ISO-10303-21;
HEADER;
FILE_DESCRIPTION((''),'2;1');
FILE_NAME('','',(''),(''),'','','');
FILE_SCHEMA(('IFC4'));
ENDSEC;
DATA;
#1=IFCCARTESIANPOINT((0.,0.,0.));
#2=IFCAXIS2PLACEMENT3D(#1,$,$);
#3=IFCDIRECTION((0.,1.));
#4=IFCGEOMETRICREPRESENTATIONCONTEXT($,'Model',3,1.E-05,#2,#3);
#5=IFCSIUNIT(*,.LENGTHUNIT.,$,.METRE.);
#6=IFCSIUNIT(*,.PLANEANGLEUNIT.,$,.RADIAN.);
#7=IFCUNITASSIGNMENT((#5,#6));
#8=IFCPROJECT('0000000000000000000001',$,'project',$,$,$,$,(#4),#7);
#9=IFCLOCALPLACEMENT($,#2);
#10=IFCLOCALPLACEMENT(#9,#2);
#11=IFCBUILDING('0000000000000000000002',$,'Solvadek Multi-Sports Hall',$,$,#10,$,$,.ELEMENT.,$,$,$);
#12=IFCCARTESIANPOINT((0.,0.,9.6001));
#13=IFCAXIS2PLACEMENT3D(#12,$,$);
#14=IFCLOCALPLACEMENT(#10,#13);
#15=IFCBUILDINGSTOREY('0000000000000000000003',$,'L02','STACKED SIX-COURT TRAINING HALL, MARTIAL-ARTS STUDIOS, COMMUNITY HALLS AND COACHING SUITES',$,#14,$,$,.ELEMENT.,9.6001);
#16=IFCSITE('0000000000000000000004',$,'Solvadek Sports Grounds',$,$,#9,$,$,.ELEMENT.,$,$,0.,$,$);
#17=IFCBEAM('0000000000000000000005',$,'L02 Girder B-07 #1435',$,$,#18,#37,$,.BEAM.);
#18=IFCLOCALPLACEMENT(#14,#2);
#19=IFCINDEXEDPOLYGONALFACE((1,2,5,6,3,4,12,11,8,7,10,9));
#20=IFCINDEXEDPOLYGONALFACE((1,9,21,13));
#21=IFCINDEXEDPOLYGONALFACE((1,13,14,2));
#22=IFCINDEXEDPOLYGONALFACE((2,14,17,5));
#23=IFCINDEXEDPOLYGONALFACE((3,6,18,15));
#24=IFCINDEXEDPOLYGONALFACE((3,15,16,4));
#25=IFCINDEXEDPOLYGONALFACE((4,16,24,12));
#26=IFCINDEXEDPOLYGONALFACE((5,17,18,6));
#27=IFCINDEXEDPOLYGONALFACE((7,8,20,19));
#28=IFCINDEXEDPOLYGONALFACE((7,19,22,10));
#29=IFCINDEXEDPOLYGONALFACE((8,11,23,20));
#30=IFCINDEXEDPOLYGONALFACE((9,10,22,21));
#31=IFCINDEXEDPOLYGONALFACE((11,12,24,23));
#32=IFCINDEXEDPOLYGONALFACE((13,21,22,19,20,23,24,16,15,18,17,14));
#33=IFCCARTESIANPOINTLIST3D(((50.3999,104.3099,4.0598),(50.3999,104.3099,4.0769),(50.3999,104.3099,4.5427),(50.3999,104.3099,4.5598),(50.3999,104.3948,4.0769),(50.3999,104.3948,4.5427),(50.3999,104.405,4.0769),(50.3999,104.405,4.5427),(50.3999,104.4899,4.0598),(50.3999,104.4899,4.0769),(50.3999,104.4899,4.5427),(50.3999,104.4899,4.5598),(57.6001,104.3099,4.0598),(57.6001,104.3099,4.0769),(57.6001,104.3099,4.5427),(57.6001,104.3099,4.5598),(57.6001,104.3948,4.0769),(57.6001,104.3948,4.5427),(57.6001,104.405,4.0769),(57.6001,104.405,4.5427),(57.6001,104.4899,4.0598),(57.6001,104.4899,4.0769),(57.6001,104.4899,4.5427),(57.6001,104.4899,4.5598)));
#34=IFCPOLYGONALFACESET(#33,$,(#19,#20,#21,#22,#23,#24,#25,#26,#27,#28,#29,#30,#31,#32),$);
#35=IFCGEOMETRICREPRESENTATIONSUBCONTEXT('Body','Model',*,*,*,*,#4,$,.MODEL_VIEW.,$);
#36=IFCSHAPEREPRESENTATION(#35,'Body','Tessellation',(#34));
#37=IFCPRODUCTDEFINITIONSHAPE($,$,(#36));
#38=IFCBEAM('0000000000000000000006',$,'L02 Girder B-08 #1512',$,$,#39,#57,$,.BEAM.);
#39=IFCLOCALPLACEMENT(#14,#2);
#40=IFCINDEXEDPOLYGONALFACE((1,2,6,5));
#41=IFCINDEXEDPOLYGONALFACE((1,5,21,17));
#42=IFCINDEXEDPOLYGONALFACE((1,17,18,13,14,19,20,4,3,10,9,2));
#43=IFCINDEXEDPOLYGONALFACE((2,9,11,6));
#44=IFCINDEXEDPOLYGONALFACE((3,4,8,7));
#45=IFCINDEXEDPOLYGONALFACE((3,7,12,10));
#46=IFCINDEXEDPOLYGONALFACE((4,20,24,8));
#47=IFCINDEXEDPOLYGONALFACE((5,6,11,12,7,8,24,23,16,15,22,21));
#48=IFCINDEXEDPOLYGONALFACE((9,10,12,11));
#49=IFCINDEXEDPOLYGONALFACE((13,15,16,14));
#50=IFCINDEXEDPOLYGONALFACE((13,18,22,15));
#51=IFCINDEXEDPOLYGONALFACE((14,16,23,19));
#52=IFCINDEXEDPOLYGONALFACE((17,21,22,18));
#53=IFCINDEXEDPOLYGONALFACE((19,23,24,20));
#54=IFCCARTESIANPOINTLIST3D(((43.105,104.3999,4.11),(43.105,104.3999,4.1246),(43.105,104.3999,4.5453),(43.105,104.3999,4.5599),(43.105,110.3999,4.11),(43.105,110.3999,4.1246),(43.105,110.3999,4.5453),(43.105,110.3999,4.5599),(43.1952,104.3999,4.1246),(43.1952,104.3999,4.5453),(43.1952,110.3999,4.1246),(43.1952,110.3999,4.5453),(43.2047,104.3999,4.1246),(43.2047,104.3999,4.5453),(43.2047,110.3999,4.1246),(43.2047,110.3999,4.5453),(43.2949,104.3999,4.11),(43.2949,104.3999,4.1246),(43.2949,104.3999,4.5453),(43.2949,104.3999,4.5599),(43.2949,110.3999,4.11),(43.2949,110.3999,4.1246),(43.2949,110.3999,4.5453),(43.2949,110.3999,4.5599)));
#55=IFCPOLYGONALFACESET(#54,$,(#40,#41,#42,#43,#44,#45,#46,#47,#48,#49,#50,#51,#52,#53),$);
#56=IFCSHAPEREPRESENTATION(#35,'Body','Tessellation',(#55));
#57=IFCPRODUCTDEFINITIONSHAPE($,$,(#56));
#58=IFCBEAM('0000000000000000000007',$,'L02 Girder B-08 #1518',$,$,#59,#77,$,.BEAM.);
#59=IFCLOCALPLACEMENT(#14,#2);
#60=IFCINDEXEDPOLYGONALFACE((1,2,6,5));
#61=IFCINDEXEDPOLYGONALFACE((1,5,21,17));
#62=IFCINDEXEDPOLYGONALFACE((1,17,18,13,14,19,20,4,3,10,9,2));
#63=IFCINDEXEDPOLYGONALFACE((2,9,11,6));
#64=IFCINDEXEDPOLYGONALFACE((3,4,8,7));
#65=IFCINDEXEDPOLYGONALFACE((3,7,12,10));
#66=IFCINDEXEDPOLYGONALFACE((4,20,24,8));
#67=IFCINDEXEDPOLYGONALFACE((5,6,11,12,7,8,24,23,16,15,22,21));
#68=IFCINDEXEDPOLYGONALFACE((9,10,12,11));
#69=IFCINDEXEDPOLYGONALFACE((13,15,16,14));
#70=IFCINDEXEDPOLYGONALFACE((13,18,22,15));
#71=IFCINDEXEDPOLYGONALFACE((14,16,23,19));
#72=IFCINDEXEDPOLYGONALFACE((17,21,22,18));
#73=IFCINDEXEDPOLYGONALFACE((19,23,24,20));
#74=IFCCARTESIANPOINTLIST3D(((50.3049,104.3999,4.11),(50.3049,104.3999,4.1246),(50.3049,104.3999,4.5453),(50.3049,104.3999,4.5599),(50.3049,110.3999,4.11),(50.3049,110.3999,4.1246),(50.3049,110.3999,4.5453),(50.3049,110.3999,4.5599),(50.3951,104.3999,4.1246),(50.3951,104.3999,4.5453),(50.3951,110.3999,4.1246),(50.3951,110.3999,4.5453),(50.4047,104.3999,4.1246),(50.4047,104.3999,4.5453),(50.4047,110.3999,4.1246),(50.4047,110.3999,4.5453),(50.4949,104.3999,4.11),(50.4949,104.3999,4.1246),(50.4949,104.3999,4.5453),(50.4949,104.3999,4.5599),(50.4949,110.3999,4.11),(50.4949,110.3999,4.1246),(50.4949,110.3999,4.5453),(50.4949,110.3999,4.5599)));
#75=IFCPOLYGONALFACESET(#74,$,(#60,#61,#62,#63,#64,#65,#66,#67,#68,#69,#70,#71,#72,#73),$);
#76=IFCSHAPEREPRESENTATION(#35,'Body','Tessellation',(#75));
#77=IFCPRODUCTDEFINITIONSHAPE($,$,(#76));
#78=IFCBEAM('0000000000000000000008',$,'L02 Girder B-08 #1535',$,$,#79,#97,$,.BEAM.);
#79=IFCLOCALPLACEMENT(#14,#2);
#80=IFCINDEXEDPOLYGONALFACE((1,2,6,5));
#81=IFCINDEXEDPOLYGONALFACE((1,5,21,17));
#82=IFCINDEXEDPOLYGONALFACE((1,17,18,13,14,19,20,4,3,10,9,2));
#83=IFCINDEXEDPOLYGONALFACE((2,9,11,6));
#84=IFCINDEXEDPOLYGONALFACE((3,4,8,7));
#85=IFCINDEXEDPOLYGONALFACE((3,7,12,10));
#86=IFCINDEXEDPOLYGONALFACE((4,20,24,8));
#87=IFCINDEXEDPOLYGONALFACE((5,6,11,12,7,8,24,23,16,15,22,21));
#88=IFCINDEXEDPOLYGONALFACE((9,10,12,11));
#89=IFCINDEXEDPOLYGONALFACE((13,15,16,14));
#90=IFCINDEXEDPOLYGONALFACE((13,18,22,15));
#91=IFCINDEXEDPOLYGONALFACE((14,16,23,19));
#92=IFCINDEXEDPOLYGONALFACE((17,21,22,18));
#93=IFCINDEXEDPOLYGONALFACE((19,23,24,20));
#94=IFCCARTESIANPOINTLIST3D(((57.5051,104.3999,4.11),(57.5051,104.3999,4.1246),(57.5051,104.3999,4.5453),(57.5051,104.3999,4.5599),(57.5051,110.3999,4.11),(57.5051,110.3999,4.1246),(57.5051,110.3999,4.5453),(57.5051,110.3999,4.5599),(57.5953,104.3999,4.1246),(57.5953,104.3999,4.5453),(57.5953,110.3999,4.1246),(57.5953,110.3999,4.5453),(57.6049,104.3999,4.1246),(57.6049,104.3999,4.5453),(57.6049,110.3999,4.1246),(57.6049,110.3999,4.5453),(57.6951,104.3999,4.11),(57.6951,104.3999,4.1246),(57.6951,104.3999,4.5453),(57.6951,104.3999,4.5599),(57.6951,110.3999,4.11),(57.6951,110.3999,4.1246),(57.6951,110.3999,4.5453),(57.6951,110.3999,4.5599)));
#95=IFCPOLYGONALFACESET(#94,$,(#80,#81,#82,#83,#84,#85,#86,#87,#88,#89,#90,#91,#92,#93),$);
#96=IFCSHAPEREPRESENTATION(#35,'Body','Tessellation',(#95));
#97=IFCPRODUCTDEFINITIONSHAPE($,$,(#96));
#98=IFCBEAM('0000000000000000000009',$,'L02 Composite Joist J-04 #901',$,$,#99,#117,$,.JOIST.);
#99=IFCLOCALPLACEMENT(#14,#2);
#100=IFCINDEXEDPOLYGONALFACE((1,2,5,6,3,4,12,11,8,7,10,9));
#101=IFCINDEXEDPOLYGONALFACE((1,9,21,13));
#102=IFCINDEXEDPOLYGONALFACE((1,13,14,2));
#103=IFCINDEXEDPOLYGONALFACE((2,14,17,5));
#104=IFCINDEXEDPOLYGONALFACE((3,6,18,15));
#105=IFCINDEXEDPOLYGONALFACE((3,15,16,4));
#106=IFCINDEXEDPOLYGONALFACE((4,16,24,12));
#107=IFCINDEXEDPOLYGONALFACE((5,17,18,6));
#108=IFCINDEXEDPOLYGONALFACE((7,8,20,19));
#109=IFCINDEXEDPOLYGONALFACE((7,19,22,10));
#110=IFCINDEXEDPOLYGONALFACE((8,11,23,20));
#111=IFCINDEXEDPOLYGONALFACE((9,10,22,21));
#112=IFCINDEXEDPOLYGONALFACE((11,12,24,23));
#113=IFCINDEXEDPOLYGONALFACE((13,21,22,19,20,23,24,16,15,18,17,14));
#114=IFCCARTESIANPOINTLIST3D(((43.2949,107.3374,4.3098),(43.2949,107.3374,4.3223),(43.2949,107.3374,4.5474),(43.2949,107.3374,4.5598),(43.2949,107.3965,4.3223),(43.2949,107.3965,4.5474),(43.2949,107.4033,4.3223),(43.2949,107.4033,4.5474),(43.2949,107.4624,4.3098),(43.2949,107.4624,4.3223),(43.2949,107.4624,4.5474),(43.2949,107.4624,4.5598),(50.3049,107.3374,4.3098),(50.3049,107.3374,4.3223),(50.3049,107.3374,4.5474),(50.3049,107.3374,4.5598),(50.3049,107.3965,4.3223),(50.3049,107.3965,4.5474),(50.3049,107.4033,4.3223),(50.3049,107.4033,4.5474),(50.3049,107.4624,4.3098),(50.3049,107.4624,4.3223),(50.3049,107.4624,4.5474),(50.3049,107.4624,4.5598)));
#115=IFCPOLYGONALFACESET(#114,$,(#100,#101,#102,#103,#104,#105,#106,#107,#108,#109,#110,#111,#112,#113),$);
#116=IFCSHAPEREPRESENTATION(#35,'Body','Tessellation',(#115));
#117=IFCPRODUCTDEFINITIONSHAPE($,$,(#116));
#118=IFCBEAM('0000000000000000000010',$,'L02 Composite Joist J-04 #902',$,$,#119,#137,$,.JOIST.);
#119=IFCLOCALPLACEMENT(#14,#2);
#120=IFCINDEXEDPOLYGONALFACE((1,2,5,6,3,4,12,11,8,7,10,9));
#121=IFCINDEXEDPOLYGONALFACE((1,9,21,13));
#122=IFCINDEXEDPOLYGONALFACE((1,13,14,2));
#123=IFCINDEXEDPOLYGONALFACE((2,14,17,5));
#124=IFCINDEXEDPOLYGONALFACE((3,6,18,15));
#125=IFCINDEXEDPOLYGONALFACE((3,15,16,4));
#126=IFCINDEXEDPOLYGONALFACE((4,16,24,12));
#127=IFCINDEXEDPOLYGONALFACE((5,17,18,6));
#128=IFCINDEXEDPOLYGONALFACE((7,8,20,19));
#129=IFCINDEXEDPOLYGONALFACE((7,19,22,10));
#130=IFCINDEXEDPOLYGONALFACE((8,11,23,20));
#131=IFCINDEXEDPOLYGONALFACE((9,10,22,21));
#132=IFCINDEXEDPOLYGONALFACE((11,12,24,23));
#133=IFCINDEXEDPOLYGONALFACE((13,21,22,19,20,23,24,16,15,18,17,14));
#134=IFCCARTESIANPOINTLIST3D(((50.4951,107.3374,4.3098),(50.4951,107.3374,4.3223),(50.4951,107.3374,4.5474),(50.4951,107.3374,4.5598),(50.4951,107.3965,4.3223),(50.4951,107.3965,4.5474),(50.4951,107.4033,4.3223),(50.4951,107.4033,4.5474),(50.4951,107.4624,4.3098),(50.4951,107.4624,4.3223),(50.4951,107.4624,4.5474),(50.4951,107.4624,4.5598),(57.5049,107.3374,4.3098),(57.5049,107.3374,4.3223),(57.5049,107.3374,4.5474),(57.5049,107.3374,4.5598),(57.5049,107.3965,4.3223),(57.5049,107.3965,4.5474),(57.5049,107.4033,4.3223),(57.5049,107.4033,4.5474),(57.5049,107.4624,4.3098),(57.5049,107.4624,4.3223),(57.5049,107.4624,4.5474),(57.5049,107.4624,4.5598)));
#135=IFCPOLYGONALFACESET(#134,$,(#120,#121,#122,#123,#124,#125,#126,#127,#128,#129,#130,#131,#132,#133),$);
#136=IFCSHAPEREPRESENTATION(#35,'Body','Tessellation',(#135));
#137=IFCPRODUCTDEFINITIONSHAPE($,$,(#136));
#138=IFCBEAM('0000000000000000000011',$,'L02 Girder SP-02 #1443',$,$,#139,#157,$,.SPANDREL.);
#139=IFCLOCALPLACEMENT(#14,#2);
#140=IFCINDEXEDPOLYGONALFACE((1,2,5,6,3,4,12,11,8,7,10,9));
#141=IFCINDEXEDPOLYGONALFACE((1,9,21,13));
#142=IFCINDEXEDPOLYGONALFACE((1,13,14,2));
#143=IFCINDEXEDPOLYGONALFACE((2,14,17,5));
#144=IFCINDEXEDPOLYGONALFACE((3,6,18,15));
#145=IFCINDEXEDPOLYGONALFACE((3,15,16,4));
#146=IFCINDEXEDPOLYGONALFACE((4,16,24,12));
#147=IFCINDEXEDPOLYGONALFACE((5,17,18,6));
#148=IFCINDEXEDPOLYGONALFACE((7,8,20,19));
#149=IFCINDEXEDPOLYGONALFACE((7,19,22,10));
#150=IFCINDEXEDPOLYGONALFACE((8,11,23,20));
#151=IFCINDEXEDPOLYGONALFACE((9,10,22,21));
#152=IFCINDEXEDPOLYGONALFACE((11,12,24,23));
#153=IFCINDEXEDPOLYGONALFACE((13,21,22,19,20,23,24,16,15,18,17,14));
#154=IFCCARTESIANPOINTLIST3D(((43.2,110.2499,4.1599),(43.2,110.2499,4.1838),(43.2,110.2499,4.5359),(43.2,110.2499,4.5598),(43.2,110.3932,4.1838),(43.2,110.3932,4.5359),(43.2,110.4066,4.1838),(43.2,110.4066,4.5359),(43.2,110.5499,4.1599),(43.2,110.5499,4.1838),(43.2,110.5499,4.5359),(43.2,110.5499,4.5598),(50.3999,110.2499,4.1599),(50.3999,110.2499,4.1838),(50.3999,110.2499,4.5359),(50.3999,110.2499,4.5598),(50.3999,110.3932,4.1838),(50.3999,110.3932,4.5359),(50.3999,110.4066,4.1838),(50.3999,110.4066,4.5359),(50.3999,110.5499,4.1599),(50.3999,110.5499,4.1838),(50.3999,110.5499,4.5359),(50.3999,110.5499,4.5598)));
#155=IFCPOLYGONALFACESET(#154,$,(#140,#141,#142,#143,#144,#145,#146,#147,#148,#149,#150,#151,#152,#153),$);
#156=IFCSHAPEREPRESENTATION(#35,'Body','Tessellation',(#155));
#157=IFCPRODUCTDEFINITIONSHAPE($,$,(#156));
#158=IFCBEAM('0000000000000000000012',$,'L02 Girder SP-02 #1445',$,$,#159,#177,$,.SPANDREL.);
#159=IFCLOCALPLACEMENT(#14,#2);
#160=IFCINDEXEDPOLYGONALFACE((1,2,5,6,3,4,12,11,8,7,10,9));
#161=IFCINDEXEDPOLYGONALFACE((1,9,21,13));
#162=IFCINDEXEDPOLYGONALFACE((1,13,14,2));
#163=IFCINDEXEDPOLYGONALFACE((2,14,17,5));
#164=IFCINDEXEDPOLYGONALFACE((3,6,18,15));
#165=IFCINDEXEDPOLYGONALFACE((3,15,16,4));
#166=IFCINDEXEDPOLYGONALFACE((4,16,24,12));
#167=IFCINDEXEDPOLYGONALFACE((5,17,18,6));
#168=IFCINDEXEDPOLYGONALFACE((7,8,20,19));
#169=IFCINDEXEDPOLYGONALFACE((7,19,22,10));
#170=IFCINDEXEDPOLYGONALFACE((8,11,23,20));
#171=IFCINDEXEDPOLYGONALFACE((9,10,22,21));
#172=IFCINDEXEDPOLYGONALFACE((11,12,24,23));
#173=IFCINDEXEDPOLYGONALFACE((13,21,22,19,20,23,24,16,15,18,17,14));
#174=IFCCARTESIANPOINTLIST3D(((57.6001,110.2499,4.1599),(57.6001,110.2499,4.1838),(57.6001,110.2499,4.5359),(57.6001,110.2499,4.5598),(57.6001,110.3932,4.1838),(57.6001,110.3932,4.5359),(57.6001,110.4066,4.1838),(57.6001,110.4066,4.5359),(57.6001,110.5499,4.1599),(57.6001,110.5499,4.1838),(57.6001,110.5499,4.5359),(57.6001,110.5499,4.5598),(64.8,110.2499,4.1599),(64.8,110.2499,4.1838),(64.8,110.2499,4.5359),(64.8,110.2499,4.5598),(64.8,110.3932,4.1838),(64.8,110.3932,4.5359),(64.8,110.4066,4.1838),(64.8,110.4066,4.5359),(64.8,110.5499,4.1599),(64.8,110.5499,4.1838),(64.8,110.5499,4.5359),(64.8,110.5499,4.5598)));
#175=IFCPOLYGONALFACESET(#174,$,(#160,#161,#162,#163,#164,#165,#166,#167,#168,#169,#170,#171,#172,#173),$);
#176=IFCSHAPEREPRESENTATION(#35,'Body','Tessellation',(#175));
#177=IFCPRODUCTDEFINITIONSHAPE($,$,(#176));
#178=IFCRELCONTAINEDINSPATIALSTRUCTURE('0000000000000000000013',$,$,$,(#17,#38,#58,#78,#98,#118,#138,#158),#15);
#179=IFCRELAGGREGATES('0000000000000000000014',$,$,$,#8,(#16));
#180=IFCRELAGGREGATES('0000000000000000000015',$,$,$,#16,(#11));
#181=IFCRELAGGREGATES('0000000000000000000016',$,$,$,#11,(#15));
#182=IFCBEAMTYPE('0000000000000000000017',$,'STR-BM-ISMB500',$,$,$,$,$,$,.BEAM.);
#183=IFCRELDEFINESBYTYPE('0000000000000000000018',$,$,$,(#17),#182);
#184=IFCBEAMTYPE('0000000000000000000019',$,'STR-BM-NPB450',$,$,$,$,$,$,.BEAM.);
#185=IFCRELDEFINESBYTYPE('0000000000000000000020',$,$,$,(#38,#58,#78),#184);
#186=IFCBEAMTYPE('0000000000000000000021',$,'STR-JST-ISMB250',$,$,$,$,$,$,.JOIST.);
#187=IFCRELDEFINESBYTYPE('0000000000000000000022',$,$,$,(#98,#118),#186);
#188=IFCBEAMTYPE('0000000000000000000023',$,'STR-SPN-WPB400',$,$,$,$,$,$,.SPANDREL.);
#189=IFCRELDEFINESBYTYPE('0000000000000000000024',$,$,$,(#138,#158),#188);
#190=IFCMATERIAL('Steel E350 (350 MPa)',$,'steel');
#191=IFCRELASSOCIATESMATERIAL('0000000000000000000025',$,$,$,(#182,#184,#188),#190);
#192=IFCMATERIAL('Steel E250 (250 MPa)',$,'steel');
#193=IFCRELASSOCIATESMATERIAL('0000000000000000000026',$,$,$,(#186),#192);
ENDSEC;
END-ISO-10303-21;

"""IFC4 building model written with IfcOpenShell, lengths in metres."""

from ifc_helpers import new_model, si_unit, direction, frame, origin, origin_2d, place, context, subcontext, project, spatial, i_section, extrude, material, material_profile, profile_set, type_object, element, save


model = new_model("IFC4")

# Units and contexts
model_context = context("Model", 3, precision=1e-05, world=origin(), true_north=direction((0.0, 1.0)))
body_context = subcontext(model_context, "Body", "Model", "MODEL_VIEW")
ifc_project = project(units=[si_unit("LENGTHUNIT", "METRE"), si_unit("PLANEANGLEUNIT", "RADIAN")], contexts=[model_context])

# Site, building, storey
site_placement = place(None, origin())
site = spatial("IfcSite", under=ifc_project, at=site_placement, Name="Solvadek Sports Grounds", CompositionType="ELEMENT", RefElevation=0.0)
building_placement = place(site_placement, origin())
building = spatial("IfcBuilding", under=site, at=building_placement, Name="Solvadek Multi-Sports Hall", CompositionType="ELEMENT")
storey_placement = place(building_placement, frame((0.0, 0.0, 9.6001)))
storey = spatial("IfcBuildingStorey", under=building, at=storey_placement, Name="L02", Description="STACKED SIX-COURT TRAINING HALL, MARTIAL-ARTS STUDIOS, COMMUNITY HALLS AND COACHING SUITES", CompositionType="ELEMENT", Elevation=9.6001)

# Shared definitions
ifc_material_1 = material(Name="Steel E350 (350 MPa)", Category="steel")

# Beams
ifc_material_profile_1 = material_profile(ifc_material_1, i_section(OverallWidth=0.1799, OverallDepth=0.5, WebThickness=0.0103, FlangeThickness=0.0171, at=origin_2d()), Name="ISMB 500")
ifc_profile_set_1 = profile_set([ifc_material_profile_1], Name="Steel E350 (350 MPa)")
beam_type_1 = type_object("IfcBeamType", Name="STR-BM-ISMB500", PredefinedType="BEAM", material=ifc_profile_set_1)
beam_1_placement = place(storey_placement, frame((50.3999, 104.3999, 4.3098), z_axis=(1.0, 0.0, 0.0), x_axis=(0.0, 1.0, 0.0)))
element("IfcBeam", 1, at=beam_1_placement, inside=storey, type_object=beam_type_1, Name="L02 Girder B-07 #1435", PredefinedType="BEAM", context=body_context, shape_type="SweptSolid", body=[
    extrude(i_section(OverallWidth=0.1799, OverallDepth=0.5, WebThickness=0.0103, FlangeThickness=0.0171, at=origin_2d()), origin(), (0.0, 0.0, 1.0), 7.2002),
])
ifc_material_profile_2 = material_profile(ifc_material_1, i_section(OverallWidth=0.1899, OverallDepth=0.45, WebThickness=0.0095, FlangeThickness=0.0146, at=origin_2d()), Name="NPB 450")
ifc_profile_set_2 = profile_set([ifc_material_profile_2], Name="Steel E350 (350 MPa)")
beam_type_2 = type_object("IfcBeamType", Name="STR-BM-NPB450", PredefinedType="BEAM", material=ifc_profile_set_2)
for number, where, z_axis, x_axis, name in (
    (2, (43.2, 104.3999, 4.335), (0.0, 1.0, 0.0), (-1.0, 0.0, 0.0), "L02 Girder B-08 #1512"),
    (3, (50.3999, 104.3999, 4.335), (0.0, 1.0, 0.0), (-1.0, 0.0, 0.0), "L02 Girder B-08 #1518"),
    (4, (57.6001, 104.3999, 4.335), (0.0, 1.0, 0.0), (-1.0, 0.0, 0.0), "L02 Girder B-08 #1535"),
):
    element("IfcBeam", number, at=place(storey_placement, frame(where, z_axis=z_axis, x_axis=x_axis)), inside=storey, type_object=beam_type_2, Name=name, PredefinedType="BEAM", context=body_context, shape_type="SweptSolid", body=[
        extrude(i_section(OverallWidth=0.1899, OverallDepth=0.45, WebThickness=0.0095, FlangeThickness=0.0146, at=origin_2d()), origin(), (0.0, 0.0, 1.0), 6.0),
    ])
ifc_material_2 = material(Name="Steel E250 (250 MPa)", Category="steel")
ifc_material_profile_3 = material_profile(ifc_material_2, i_section(OverallWidth=0.125, OverallDepth=0.25, WebThickness=0.0068, FlangeThickness=0.0125, at=origin_2d()), Name="ISMB 250")
ifc_profile_set_3 = profile_set([ifc_material_profile_3], Name="Steel E250 (250 MPa)")
beam_type_3 = type_object("IfcBeamType", Name="STR-JST-ISMB250", PredefinedType="JOIST", material=ifc_profile_set_3)
beam_2_placement = place(storey_placement, frame((43.2949, 107.3999, 4.4348), z_axis=(1.0, 0.0, 0.0), x_axis=(0.0, 1.0, 0.0)))
element("IfcBeam", 5, at=beam_2_placement, inside=storey, type_object=beam_type_3, Name="L02 Composite Joist J-04 #901", PredefinedType="JOIST", context=body_context, shape_type="SweptSolid", body=[
    extrude(i_section(OverallWidth=0.125, OverallDepth=0.25, WebThickness=0.0068, FlangeThickness=0.0125, at=origin_2d()), origin(), (0.0, 0.0, 1.0), 7.01),
])
beam_3_placement = place(storey_placement, frame((50.4951, 107.3999, 4.4348), z_axis=(1.0, 0.0, 0.0), x_axis=(0.0, 1.0, 0.0)))
element("IfcBeam", 6, at=beam_3_placement, inside=storey, type_object=beam_type_3, Name="L02 Composite Joist J-04 #902", PredefinedType="JOIST", context=body_context, shape_type="SweptSolid", body=[
    extrude(i_section(OverallWidth=0.125, OverallDepth=0.25, WebThickness=0.0068, FlangeThickness=0.0125, at=origin_2d()), origin(), (0.0, 0.0, 1.0), 7.0098),
])
ifc_material_profile_4 = material_profile(ifc_material_1, i_section(OverallWidth=0.3, OverallDepth=0.3999, WebThickness=0.0134, FlangeThickness=0.0239, at=origin_2d()), Name="WPB 400")
ifc_profile_set_4 = profile_set([ifc_material_profile_4], Name="Steel E350 (350 MPa)")
beam_type_4 = type_object("IfcBeamType", Name="STR-SPN-WPB400", PredefinedType="SPANDREL", material=ifc_profile_set_4)
for number, where, z_axis, x_axis, name in (
    (7, (43.2, 110.3999, 4.3599), (1.0, 0.0, 0.0), (0.0, 1.0, 0.0), "L02 Girder SP-02 #1443"),
    (8, (57.6001, 110.3999, 4.3599), (1.0, 0.0, 0.0), (0.0, 1.0, 0.0), "L02 Girder SP-02 #1445"),
):
    element("IfcBeam", number, at=place(storey_placement, frame(where, z_axis=z_axis, x_axis=x_axis)), inside=storey, type_object=beam_type_4, Name=name, PredefinedType="SPANDREL", context=body_context, shape_type="SweptSolid", body=[
        extrude(i_section(OverallWidth=0.3, OverallDepth=0.3999, WebThickness=0.0134, FlangeThickness=0.0239, at=origin_2d()), origin(), (0.0, 0.0, 1.0), 7.2),
    ])

save(model, "model.ifc")
